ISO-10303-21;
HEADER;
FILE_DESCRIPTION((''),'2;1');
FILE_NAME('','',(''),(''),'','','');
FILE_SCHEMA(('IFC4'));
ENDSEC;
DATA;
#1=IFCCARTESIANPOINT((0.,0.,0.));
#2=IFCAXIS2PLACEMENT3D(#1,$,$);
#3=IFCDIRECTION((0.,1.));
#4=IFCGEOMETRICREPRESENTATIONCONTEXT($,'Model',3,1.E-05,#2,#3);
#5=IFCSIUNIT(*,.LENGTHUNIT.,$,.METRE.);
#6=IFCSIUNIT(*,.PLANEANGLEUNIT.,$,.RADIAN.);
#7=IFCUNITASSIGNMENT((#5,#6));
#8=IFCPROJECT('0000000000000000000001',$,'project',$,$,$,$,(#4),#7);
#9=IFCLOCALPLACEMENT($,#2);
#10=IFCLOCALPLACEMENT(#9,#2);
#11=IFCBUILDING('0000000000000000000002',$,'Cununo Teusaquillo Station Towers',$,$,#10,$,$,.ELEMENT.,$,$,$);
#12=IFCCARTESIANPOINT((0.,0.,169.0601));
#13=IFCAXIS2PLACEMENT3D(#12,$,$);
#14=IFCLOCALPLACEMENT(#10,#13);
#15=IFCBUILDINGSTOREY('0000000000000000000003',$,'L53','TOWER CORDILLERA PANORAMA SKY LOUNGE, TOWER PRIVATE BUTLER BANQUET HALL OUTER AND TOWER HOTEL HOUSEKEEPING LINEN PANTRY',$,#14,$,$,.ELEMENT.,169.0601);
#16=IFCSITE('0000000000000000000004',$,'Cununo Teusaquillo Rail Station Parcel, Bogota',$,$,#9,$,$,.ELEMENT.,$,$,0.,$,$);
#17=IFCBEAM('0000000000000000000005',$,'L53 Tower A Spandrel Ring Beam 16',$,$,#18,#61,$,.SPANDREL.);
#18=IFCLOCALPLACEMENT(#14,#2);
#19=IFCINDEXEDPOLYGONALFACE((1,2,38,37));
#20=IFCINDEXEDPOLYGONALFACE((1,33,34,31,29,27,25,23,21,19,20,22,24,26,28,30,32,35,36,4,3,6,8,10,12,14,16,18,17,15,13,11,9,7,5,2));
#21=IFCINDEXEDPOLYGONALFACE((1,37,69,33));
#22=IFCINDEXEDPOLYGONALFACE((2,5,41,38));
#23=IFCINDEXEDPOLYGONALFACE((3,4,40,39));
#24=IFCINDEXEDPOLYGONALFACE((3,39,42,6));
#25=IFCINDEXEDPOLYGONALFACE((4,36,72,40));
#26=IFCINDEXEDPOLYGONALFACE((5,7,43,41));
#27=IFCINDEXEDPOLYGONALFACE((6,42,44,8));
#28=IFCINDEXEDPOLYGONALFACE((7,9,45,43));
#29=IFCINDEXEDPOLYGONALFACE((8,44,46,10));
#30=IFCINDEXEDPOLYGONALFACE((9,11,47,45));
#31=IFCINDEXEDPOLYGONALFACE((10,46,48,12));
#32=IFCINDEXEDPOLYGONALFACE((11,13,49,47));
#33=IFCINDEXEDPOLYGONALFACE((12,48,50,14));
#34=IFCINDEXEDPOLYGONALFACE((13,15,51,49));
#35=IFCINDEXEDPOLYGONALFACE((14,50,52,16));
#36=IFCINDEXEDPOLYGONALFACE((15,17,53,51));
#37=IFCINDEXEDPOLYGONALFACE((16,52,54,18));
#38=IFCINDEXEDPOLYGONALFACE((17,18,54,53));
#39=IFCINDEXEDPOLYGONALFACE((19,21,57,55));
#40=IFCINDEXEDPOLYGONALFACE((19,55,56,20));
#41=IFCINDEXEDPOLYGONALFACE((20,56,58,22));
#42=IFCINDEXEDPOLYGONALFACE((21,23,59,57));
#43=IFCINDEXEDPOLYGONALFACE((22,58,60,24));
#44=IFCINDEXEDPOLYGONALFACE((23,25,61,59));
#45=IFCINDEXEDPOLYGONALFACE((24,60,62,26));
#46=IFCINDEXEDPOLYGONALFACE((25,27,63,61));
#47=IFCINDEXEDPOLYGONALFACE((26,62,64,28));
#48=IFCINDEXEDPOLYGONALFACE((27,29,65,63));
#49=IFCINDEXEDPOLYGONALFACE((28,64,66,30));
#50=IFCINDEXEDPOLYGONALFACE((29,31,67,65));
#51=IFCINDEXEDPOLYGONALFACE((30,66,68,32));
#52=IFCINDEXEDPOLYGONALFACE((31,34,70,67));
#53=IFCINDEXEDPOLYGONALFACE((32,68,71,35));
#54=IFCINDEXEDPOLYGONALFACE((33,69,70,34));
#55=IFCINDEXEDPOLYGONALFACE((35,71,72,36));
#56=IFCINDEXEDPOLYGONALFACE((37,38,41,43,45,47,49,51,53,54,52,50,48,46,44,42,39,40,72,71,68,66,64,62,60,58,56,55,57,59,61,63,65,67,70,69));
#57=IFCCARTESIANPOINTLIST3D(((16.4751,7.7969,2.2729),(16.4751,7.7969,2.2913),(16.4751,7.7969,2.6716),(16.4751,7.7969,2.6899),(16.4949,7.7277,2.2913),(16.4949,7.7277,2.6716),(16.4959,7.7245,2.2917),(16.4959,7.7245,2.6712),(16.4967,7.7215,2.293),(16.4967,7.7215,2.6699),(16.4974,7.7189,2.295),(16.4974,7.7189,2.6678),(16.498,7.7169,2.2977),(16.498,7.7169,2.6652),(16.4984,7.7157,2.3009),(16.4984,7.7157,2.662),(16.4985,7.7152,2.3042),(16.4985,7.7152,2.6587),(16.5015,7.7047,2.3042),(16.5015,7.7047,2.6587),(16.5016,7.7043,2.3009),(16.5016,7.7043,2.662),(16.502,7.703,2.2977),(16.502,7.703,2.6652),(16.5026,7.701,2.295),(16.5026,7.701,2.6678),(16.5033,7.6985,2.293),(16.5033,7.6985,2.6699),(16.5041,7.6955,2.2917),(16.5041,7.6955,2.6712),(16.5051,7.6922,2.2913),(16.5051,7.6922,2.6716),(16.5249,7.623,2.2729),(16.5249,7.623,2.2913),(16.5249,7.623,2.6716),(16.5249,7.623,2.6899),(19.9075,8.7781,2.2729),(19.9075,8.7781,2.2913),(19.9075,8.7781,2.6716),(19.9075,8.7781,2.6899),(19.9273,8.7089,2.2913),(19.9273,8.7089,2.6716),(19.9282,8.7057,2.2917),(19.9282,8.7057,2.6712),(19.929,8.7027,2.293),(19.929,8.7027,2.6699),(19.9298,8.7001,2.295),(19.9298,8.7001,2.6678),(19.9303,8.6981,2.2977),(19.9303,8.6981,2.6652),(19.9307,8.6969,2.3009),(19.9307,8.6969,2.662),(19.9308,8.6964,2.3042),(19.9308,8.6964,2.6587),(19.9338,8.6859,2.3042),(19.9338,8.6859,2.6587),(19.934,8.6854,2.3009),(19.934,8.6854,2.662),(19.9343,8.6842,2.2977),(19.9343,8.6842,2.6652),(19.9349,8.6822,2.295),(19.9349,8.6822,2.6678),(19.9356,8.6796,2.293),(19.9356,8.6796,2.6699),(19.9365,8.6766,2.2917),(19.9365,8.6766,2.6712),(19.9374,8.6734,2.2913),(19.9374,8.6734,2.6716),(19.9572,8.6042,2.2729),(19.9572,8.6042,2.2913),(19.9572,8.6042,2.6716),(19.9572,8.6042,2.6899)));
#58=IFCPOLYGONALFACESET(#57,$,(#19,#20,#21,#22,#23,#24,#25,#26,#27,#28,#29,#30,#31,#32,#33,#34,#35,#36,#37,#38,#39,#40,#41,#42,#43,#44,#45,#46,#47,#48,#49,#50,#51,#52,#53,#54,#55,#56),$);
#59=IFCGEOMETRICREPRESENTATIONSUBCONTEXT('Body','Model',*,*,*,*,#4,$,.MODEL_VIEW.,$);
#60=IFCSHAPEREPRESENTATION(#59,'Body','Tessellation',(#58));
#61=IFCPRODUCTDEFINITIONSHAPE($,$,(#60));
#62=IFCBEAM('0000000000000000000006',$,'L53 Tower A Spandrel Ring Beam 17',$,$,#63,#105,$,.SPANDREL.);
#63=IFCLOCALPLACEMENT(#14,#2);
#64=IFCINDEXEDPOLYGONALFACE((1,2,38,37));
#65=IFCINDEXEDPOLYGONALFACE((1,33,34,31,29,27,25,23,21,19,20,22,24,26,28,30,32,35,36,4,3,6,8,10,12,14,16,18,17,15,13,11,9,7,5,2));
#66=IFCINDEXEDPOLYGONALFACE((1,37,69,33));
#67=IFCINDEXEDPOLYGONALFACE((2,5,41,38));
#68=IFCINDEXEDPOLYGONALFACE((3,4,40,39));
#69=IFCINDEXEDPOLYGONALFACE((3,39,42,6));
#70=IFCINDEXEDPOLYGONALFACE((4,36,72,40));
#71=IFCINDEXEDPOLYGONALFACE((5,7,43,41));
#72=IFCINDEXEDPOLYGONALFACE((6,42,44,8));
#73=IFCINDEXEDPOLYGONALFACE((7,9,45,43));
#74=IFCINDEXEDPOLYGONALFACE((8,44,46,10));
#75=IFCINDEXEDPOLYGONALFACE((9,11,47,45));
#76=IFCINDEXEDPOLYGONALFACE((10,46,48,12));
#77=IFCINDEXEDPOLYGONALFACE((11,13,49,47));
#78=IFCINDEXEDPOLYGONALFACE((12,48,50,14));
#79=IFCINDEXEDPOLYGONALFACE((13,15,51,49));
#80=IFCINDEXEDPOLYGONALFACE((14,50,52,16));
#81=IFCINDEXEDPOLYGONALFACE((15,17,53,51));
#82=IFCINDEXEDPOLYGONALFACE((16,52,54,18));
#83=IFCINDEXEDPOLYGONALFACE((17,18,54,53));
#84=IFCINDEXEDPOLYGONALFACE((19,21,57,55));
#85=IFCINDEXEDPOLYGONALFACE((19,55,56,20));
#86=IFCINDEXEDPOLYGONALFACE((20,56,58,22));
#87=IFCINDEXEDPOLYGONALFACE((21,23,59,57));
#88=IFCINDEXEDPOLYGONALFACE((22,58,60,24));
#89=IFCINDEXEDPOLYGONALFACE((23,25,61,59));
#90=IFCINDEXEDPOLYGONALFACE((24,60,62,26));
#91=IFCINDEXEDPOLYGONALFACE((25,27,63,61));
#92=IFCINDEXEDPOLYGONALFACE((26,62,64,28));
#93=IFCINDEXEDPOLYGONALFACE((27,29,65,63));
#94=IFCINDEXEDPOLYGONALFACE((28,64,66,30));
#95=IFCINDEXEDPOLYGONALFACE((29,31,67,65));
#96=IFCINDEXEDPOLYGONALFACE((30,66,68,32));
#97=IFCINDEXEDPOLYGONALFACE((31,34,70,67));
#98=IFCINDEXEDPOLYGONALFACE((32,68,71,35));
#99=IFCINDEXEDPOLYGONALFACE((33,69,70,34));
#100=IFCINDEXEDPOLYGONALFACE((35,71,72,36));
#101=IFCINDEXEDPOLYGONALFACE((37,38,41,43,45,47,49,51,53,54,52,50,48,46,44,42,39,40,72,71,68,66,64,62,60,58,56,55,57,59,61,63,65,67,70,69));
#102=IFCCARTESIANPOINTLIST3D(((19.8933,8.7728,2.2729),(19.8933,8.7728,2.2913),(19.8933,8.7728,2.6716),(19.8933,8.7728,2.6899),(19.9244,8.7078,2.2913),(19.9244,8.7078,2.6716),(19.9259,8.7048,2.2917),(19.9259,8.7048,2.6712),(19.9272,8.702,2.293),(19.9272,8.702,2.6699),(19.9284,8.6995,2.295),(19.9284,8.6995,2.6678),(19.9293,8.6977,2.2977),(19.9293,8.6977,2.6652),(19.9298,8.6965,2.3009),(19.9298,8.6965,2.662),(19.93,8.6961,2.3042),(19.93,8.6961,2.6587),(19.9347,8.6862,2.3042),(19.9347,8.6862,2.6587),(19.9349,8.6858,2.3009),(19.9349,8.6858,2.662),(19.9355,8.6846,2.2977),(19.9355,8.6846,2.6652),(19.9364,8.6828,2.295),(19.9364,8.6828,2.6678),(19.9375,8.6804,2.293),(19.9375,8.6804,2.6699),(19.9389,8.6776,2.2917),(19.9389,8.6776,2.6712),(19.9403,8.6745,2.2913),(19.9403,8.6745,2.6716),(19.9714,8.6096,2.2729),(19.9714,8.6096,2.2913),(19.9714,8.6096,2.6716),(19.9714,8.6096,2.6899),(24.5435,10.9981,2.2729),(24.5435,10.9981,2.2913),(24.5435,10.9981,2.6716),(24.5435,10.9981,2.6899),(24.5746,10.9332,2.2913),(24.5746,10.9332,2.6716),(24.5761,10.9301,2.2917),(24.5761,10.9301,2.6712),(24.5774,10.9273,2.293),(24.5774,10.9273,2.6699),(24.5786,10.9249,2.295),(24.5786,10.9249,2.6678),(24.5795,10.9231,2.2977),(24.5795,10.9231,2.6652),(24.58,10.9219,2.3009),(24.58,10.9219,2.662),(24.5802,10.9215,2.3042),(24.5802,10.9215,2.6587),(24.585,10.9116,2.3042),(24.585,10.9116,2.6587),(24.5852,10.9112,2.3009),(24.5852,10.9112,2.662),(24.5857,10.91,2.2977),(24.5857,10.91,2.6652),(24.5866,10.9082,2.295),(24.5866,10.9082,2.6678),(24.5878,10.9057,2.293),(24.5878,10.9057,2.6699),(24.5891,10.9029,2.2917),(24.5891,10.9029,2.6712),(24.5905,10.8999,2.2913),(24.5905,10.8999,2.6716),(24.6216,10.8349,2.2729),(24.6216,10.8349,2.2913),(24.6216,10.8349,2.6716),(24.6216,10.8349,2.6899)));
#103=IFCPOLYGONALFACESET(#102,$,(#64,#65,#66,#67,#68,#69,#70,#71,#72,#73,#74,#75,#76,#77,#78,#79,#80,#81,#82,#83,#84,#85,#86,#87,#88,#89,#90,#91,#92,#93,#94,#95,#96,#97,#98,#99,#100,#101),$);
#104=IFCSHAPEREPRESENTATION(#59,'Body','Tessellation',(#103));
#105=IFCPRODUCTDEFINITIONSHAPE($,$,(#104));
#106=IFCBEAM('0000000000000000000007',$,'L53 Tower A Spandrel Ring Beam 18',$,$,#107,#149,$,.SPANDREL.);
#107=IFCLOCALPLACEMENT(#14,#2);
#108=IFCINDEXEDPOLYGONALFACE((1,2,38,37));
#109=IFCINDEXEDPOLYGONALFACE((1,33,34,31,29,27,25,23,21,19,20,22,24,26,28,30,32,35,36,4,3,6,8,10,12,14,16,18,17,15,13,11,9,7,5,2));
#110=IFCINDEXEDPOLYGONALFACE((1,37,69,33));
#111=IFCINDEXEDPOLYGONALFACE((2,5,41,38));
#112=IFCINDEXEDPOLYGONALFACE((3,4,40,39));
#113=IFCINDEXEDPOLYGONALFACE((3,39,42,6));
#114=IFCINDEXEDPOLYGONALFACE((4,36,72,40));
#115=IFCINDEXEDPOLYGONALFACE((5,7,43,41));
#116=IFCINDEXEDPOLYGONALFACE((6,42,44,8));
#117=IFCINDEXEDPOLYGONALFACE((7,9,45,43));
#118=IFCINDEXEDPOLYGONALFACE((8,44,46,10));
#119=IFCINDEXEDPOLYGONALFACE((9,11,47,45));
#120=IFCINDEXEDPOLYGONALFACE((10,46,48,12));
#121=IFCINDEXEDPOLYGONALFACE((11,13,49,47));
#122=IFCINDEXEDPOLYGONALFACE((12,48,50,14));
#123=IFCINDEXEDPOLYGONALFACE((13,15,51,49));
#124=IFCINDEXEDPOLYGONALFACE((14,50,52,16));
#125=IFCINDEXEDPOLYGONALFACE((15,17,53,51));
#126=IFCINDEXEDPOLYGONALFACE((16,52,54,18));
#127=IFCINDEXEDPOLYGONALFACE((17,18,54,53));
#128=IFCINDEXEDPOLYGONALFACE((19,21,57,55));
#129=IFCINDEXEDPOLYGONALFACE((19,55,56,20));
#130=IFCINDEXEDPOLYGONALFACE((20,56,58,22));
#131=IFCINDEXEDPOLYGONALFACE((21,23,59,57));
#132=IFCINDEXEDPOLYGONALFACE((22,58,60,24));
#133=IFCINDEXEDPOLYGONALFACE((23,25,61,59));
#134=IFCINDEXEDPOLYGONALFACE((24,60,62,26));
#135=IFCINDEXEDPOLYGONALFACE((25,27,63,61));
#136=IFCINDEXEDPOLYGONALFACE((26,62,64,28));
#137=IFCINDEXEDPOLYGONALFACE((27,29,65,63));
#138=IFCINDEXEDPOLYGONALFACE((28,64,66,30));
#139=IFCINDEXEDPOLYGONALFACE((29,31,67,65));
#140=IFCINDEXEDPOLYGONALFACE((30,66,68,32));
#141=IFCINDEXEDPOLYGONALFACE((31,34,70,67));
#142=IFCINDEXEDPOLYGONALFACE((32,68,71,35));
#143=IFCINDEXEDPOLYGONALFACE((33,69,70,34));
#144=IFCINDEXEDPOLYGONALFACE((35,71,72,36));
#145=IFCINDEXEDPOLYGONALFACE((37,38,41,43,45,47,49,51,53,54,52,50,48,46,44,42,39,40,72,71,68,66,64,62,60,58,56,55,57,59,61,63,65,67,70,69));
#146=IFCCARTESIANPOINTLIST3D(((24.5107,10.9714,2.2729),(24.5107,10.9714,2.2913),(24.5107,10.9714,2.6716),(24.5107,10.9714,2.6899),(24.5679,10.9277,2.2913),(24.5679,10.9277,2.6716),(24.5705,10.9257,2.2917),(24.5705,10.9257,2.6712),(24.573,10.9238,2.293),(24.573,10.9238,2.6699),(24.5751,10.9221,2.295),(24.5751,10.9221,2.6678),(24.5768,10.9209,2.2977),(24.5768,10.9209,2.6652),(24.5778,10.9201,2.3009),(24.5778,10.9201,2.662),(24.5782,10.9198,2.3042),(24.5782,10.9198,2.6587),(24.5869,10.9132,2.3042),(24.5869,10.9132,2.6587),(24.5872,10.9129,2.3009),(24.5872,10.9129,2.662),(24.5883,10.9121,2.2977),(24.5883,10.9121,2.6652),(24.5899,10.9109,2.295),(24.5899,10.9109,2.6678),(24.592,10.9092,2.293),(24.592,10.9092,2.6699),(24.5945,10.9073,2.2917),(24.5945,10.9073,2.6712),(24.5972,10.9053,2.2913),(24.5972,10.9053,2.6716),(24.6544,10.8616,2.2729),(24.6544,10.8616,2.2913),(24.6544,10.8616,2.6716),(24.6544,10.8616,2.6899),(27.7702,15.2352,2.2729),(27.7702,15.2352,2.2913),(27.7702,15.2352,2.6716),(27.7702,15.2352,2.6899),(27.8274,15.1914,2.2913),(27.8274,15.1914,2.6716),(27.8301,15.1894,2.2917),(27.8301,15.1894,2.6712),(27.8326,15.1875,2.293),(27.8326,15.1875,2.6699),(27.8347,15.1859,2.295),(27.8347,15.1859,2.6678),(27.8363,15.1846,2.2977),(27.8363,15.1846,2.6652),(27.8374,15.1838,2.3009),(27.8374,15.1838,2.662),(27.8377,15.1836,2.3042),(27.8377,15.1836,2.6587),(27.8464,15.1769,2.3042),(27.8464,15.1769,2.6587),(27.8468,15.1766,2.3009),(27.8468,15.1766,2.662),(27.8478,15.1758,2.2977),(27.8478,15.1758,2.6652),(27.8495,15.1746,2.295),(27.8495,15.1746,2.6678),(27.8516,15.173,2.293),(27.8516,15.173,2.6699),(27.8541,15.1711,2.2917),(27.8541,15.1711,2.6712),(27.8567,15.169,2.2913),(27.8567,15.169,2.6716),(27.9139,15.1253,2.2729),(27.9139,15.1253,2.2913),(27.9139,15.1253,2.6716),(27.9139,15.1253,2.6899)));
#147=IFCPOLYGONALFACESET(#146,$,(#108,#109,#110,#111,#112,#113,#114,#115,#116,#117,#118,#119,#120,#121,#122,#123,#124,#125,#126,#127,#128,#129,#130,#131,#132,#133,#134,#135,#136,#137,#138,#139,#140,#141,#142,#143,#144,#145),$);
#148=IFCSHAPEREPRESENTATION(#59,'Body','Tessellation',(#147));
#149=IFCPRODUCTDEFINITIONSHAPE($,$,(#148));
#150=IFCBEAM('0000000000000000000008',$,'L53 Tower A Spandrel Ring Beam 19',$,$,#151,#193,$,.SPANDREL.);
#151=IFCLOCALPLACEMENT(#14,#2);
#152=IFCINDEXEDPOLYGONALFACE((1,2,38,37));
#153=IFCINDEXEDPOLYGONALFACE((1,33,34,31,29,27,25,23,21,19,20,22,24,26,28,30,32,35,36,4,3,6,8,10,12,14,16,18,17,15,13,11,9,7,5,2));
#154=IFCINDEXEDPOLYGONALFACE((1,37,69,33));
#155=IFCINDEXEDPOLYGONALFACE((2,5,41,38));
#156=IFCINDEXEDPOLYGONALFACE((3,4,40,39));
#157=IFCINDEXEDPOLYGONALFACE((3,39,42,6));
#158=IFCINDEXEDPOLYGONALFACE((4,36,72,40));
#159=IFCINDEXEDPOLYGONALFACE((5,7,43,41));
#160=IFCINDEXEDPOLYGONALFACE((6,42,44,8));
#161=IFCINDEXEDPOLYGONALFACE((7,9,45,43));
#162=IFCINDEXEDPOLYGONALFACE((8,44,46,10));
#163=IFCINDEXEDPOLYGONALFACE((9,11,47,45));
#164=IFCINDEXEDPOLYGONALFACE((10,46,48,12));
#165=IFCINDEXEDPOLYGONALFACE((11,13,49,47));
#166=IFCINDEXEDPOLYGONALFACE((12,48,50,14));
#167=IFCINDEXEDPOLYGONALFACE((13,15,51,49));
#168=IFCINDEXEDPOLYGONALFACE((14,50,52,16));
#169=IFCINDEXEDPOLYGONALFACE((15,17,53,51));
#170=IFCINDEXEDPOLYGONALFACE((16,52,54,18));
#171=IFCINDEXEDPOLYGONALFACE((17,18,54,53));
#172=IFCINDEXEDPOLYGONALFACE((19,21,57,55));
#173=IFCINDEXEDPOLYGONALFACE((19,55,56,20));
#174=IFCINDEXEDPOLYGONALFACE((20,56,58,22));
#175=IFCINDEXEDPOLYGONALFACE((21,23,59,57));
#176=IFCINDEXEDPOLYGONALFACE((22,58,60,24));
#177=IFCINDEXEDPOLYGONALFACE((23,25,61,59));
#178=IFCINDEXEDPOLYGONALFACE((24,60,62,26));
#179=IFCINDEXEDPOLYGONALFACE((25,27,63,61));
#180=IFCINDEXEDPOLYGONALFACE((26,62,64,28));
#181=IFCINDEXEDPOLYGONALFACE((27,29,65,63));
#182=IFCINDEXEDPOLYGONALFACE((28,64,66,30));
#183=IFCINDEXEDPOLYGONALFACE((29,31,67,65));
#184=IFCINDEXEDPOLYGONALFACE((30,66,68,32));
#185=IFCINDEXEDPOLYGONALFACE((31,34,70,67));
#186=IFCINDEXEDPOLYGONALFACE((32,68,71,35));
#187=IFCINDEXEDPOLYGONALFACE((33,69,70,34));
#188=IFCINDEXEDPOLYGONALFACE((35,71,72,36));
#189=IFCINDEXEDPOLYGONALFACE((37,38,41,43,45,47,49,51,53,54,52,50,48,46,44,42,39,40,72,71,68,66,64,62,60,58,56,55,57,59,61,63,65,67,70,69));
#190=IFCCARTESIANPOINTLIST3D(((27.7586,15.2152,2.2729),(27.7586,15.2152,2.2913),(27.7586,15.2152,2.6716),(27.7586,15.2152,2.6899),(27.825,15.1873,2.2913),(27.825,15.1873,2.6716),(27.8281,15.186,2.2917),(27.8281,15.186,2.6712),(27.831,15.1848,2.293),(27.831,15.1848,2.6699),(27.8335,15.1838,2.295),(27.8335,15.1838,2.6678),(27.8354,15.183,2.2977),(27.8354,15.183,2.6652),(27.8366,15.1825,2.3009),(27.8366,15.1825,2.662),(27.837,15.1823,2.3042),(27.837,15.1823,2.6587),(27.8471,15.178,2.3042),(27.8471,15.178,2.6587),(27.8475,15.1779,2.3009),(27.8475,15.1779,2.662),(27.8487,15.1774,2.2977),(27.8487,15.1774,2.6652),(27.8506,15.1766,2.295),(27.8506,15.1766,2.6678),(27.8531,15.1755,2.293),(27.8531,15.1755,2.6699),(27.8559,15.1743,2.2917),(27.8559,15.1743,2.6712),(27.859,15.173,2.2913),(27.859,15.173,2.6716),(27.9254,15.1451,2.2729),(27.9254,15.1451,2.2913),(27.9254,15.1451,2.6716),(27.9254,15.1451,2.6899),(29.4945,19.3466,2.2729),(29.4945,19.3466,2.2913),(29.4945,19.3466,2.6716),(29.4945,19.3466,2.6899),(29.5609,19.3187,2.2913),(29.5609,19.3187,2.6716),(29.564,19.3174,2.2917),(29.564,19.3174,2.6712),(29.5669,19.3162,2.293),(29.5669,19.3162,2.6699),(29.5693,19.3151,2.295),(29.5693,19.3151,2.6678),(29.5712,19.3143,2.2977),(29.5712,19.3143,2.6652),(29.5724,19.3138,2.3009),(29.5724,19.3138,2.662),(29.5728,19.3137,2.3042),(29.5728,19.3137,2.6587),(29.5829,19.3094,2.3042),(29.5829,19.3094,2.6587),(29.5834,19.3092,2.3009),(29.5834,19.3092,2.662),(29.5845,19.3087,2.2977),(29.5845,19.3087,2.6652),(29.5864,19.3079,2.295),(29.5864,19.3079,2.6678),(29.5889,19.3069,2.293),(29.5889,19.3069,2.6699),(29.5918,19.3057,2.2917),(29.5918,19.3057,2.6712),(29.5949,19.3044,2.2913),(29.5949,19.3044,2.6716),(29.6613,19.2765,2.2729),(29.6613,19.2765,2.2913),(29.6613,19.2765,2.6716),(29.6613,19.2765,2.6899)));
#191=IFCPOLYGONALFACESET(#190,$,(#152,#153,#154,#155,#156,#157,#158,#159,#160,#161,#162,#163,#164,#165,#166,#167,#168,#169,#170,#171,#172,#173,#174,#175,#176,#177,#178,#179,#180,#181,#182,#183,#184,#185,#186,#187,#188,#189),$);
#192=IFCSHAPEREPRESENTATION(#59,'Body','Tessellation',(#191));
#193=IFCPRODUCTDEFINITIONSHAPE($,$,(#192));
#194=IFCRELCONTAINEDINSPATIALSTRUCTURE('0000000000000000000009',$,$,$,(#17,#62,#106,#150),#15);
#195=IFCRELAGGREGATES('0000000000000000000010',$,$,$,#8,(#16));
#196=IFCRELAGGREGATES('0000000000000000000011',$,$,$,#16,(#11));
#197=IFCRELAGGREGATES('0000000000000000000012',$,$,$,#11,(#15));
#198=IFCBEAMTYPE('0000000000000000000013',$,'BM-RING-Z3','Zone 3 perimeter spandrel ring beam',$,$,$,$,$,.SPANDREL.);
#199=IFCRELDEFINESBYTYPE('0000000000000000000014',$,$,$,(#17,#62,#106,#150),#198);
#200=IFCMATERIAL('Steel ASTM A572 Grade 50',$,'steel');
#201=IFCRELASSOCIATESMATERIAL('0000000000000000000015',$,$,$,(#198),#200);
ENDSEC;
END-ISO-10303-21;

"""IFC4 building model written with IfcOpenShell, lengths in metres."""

from ifc_helpers import new_model, si_unit, direction, frame, origin, origin_2d, place, context, subcontext, project, spatial, i_section, extrude, material, material_profile, profile_set, type_object, element, save


model = new_model("IFC4")

# Units and contexts
model_context = context("Model", 3, precision=1e-05, world=origin(), true_north=direction((0.0, 1.0)))
body_context = subcontext(model_context, "Body", "Model", "MODEL_VIEW")
ifc_project = project(units=[si_unit("LENGTHUNIT", "METRE"), si_unit("PLANEANGLEUNIT", "RADIAN")], contexts=[model_context])

# Site, building, storey
site_placement = place(None, origin())
site = spatial("IfcSite", under=ifc_project, at=site_placement, Name="Cununo Teusaquillo Rail Station Parcel, Bogota", CompositionType="ELEMENT", RefElevation=0.0)
building_placement = place(site_placement, origin())
building = spatial("IfcBuilding", under=site, at=building_placement, Name="Cununo Teusaquillo Station Towers", CompositionType="ELEMENT")
storey_placement = place(building_placement, frame((0.0, 0.0, 169.0601)))
storey = spatial("IfcBuildingStorey", under=building, at=storey_placement, Name="L53", Description="TOWER CORDILLERA PANORAMA SKY LOUNGE, TOWER PRIVATE BUTLER BANQUET HALL OUTER AND TOWER HOTEL HOUSEKEEPING LINEN PANTRY", CompositionType="ELEMENT", Elevation=169.0601)

# Beams
ifc_material_1 = material(Name="Steel ASTM A572 Grade 50", Category="steel")
ifc_material_profile_1 = material_profile(ifc_material_1, i_section(OverallWidth=0.1809, OverallDepth=0.417, WebThickness=0.011, FlangeThickness=0.0183, FilletRadius=0.0129, at=origin_2d()), Name="W16X57")
ifc_profile_set_1 = profile_set([ifc_material_profile_1], Name="Steel ASTM A572 Grade 50")
beam_type_1 = type_object("IfcBeamType", Name="BM-RING-Z3", Description="Zone 3 perimeter spandrel ring beam", PredefinedType="SPANDREL", material=ifc_profile_set_1)
beam_1_placement = place(storey_placement, frame((16.5, 7.71, 2.4814), z_axis=(0.961485, 0.274857, 0.0), x_axis=(-0.274857, 0.961485, 0.0)))
element("IfcBeam", 1, at=beam_1_placement, inside=storey, type_object=beam_type_1, Name="L53 Tower A Spandrel Ring Beam 16", PredefinedType="SPANDREL", context=body_context, shape_type="SweptSolid", body=[
    extrude(i_section(OverallWidth=0.1809, OverallDepth=0.417, WebThickness=0.011, FlangeThickness=0.0183, FilletRadius=0.0129, at=origin_2d()), origin(), (0.0, 0.0, 1.0), 3.5698),
])
beam_2_placement = place(storey_placement, frame((19.9324, 8.6912, 2.4814), z_axis=(0.902032, 0.43167, 0.0), x_axis=(-0.43167, 0.902032, 0.0)))
element("IfcBeam", 2, at=beam_2_placement, inside=storey, type_object=beam_type_1, Name="L53 Tower A Spandrel Ring Beam 17", PredefinedType="SPANDREL", context=body_context, shape_type="SweptSolid", body=[
    extrude(i_section(OverallWidth=0.1809, OverallDepth=0.417, WebThickness=0.011, FlangeThickness=0.0183, FilletRadius=0.0129, at=origin_2d()), origin(), (0.0, 0.0, 1.0), 5.1553),
])
beam_3_placement = place(storey_placement, frame((24.5825, 10.9165, 2.4814), z_axis=(0.60734, 0.794442, 0.0), x_axis=(-0.794442, 0.60734, 0.0)))
element("IfcBeam", 3, at=beam_3_placement, inside=storey, type_object=beam_type_1, Name="L53 Tower A Spandrel Ring Beam 18", PredefinedType="SPANDREL", context=body_context, shape_type="SweptSolid", body=[
    extrude(i_section(OverallWidth=0.1809, OverallDepth=0.417, WebThickness=0.011, FlangeThickness=0.0183, FilletRadius=0.0129, at=origin_2d()), origin(), (0.0, 0.0, 1.0), 5.3669),
])
beam_4_placement = place(storey_placement, frame((27.842, 15.1802, 2.4814), z_axis=(0.38736, 0.921928, 0.0), x_axis=(-0.921928, 0.38736, 0.0)))
element("IfcBeam", 4, at=beam_4_placement, inside=storey, type_object=beam_type_1, Name="L53 Tower A Spandrel Ring Beam 19", PredefinedType="SPANDREL", context=body_context, shape_type="SweptSolid", body=[
    extrude(i_section(OverallWidth=0.1809, OverallDepth=0.417, WebThickness=0.011, FlangeThickness=0.0183, FilletRadius=0.0129, at=origin_2d()), origin(), (0.0, 0.0, 1.0), 4.4812),
])

save(model, "model.ifc")
